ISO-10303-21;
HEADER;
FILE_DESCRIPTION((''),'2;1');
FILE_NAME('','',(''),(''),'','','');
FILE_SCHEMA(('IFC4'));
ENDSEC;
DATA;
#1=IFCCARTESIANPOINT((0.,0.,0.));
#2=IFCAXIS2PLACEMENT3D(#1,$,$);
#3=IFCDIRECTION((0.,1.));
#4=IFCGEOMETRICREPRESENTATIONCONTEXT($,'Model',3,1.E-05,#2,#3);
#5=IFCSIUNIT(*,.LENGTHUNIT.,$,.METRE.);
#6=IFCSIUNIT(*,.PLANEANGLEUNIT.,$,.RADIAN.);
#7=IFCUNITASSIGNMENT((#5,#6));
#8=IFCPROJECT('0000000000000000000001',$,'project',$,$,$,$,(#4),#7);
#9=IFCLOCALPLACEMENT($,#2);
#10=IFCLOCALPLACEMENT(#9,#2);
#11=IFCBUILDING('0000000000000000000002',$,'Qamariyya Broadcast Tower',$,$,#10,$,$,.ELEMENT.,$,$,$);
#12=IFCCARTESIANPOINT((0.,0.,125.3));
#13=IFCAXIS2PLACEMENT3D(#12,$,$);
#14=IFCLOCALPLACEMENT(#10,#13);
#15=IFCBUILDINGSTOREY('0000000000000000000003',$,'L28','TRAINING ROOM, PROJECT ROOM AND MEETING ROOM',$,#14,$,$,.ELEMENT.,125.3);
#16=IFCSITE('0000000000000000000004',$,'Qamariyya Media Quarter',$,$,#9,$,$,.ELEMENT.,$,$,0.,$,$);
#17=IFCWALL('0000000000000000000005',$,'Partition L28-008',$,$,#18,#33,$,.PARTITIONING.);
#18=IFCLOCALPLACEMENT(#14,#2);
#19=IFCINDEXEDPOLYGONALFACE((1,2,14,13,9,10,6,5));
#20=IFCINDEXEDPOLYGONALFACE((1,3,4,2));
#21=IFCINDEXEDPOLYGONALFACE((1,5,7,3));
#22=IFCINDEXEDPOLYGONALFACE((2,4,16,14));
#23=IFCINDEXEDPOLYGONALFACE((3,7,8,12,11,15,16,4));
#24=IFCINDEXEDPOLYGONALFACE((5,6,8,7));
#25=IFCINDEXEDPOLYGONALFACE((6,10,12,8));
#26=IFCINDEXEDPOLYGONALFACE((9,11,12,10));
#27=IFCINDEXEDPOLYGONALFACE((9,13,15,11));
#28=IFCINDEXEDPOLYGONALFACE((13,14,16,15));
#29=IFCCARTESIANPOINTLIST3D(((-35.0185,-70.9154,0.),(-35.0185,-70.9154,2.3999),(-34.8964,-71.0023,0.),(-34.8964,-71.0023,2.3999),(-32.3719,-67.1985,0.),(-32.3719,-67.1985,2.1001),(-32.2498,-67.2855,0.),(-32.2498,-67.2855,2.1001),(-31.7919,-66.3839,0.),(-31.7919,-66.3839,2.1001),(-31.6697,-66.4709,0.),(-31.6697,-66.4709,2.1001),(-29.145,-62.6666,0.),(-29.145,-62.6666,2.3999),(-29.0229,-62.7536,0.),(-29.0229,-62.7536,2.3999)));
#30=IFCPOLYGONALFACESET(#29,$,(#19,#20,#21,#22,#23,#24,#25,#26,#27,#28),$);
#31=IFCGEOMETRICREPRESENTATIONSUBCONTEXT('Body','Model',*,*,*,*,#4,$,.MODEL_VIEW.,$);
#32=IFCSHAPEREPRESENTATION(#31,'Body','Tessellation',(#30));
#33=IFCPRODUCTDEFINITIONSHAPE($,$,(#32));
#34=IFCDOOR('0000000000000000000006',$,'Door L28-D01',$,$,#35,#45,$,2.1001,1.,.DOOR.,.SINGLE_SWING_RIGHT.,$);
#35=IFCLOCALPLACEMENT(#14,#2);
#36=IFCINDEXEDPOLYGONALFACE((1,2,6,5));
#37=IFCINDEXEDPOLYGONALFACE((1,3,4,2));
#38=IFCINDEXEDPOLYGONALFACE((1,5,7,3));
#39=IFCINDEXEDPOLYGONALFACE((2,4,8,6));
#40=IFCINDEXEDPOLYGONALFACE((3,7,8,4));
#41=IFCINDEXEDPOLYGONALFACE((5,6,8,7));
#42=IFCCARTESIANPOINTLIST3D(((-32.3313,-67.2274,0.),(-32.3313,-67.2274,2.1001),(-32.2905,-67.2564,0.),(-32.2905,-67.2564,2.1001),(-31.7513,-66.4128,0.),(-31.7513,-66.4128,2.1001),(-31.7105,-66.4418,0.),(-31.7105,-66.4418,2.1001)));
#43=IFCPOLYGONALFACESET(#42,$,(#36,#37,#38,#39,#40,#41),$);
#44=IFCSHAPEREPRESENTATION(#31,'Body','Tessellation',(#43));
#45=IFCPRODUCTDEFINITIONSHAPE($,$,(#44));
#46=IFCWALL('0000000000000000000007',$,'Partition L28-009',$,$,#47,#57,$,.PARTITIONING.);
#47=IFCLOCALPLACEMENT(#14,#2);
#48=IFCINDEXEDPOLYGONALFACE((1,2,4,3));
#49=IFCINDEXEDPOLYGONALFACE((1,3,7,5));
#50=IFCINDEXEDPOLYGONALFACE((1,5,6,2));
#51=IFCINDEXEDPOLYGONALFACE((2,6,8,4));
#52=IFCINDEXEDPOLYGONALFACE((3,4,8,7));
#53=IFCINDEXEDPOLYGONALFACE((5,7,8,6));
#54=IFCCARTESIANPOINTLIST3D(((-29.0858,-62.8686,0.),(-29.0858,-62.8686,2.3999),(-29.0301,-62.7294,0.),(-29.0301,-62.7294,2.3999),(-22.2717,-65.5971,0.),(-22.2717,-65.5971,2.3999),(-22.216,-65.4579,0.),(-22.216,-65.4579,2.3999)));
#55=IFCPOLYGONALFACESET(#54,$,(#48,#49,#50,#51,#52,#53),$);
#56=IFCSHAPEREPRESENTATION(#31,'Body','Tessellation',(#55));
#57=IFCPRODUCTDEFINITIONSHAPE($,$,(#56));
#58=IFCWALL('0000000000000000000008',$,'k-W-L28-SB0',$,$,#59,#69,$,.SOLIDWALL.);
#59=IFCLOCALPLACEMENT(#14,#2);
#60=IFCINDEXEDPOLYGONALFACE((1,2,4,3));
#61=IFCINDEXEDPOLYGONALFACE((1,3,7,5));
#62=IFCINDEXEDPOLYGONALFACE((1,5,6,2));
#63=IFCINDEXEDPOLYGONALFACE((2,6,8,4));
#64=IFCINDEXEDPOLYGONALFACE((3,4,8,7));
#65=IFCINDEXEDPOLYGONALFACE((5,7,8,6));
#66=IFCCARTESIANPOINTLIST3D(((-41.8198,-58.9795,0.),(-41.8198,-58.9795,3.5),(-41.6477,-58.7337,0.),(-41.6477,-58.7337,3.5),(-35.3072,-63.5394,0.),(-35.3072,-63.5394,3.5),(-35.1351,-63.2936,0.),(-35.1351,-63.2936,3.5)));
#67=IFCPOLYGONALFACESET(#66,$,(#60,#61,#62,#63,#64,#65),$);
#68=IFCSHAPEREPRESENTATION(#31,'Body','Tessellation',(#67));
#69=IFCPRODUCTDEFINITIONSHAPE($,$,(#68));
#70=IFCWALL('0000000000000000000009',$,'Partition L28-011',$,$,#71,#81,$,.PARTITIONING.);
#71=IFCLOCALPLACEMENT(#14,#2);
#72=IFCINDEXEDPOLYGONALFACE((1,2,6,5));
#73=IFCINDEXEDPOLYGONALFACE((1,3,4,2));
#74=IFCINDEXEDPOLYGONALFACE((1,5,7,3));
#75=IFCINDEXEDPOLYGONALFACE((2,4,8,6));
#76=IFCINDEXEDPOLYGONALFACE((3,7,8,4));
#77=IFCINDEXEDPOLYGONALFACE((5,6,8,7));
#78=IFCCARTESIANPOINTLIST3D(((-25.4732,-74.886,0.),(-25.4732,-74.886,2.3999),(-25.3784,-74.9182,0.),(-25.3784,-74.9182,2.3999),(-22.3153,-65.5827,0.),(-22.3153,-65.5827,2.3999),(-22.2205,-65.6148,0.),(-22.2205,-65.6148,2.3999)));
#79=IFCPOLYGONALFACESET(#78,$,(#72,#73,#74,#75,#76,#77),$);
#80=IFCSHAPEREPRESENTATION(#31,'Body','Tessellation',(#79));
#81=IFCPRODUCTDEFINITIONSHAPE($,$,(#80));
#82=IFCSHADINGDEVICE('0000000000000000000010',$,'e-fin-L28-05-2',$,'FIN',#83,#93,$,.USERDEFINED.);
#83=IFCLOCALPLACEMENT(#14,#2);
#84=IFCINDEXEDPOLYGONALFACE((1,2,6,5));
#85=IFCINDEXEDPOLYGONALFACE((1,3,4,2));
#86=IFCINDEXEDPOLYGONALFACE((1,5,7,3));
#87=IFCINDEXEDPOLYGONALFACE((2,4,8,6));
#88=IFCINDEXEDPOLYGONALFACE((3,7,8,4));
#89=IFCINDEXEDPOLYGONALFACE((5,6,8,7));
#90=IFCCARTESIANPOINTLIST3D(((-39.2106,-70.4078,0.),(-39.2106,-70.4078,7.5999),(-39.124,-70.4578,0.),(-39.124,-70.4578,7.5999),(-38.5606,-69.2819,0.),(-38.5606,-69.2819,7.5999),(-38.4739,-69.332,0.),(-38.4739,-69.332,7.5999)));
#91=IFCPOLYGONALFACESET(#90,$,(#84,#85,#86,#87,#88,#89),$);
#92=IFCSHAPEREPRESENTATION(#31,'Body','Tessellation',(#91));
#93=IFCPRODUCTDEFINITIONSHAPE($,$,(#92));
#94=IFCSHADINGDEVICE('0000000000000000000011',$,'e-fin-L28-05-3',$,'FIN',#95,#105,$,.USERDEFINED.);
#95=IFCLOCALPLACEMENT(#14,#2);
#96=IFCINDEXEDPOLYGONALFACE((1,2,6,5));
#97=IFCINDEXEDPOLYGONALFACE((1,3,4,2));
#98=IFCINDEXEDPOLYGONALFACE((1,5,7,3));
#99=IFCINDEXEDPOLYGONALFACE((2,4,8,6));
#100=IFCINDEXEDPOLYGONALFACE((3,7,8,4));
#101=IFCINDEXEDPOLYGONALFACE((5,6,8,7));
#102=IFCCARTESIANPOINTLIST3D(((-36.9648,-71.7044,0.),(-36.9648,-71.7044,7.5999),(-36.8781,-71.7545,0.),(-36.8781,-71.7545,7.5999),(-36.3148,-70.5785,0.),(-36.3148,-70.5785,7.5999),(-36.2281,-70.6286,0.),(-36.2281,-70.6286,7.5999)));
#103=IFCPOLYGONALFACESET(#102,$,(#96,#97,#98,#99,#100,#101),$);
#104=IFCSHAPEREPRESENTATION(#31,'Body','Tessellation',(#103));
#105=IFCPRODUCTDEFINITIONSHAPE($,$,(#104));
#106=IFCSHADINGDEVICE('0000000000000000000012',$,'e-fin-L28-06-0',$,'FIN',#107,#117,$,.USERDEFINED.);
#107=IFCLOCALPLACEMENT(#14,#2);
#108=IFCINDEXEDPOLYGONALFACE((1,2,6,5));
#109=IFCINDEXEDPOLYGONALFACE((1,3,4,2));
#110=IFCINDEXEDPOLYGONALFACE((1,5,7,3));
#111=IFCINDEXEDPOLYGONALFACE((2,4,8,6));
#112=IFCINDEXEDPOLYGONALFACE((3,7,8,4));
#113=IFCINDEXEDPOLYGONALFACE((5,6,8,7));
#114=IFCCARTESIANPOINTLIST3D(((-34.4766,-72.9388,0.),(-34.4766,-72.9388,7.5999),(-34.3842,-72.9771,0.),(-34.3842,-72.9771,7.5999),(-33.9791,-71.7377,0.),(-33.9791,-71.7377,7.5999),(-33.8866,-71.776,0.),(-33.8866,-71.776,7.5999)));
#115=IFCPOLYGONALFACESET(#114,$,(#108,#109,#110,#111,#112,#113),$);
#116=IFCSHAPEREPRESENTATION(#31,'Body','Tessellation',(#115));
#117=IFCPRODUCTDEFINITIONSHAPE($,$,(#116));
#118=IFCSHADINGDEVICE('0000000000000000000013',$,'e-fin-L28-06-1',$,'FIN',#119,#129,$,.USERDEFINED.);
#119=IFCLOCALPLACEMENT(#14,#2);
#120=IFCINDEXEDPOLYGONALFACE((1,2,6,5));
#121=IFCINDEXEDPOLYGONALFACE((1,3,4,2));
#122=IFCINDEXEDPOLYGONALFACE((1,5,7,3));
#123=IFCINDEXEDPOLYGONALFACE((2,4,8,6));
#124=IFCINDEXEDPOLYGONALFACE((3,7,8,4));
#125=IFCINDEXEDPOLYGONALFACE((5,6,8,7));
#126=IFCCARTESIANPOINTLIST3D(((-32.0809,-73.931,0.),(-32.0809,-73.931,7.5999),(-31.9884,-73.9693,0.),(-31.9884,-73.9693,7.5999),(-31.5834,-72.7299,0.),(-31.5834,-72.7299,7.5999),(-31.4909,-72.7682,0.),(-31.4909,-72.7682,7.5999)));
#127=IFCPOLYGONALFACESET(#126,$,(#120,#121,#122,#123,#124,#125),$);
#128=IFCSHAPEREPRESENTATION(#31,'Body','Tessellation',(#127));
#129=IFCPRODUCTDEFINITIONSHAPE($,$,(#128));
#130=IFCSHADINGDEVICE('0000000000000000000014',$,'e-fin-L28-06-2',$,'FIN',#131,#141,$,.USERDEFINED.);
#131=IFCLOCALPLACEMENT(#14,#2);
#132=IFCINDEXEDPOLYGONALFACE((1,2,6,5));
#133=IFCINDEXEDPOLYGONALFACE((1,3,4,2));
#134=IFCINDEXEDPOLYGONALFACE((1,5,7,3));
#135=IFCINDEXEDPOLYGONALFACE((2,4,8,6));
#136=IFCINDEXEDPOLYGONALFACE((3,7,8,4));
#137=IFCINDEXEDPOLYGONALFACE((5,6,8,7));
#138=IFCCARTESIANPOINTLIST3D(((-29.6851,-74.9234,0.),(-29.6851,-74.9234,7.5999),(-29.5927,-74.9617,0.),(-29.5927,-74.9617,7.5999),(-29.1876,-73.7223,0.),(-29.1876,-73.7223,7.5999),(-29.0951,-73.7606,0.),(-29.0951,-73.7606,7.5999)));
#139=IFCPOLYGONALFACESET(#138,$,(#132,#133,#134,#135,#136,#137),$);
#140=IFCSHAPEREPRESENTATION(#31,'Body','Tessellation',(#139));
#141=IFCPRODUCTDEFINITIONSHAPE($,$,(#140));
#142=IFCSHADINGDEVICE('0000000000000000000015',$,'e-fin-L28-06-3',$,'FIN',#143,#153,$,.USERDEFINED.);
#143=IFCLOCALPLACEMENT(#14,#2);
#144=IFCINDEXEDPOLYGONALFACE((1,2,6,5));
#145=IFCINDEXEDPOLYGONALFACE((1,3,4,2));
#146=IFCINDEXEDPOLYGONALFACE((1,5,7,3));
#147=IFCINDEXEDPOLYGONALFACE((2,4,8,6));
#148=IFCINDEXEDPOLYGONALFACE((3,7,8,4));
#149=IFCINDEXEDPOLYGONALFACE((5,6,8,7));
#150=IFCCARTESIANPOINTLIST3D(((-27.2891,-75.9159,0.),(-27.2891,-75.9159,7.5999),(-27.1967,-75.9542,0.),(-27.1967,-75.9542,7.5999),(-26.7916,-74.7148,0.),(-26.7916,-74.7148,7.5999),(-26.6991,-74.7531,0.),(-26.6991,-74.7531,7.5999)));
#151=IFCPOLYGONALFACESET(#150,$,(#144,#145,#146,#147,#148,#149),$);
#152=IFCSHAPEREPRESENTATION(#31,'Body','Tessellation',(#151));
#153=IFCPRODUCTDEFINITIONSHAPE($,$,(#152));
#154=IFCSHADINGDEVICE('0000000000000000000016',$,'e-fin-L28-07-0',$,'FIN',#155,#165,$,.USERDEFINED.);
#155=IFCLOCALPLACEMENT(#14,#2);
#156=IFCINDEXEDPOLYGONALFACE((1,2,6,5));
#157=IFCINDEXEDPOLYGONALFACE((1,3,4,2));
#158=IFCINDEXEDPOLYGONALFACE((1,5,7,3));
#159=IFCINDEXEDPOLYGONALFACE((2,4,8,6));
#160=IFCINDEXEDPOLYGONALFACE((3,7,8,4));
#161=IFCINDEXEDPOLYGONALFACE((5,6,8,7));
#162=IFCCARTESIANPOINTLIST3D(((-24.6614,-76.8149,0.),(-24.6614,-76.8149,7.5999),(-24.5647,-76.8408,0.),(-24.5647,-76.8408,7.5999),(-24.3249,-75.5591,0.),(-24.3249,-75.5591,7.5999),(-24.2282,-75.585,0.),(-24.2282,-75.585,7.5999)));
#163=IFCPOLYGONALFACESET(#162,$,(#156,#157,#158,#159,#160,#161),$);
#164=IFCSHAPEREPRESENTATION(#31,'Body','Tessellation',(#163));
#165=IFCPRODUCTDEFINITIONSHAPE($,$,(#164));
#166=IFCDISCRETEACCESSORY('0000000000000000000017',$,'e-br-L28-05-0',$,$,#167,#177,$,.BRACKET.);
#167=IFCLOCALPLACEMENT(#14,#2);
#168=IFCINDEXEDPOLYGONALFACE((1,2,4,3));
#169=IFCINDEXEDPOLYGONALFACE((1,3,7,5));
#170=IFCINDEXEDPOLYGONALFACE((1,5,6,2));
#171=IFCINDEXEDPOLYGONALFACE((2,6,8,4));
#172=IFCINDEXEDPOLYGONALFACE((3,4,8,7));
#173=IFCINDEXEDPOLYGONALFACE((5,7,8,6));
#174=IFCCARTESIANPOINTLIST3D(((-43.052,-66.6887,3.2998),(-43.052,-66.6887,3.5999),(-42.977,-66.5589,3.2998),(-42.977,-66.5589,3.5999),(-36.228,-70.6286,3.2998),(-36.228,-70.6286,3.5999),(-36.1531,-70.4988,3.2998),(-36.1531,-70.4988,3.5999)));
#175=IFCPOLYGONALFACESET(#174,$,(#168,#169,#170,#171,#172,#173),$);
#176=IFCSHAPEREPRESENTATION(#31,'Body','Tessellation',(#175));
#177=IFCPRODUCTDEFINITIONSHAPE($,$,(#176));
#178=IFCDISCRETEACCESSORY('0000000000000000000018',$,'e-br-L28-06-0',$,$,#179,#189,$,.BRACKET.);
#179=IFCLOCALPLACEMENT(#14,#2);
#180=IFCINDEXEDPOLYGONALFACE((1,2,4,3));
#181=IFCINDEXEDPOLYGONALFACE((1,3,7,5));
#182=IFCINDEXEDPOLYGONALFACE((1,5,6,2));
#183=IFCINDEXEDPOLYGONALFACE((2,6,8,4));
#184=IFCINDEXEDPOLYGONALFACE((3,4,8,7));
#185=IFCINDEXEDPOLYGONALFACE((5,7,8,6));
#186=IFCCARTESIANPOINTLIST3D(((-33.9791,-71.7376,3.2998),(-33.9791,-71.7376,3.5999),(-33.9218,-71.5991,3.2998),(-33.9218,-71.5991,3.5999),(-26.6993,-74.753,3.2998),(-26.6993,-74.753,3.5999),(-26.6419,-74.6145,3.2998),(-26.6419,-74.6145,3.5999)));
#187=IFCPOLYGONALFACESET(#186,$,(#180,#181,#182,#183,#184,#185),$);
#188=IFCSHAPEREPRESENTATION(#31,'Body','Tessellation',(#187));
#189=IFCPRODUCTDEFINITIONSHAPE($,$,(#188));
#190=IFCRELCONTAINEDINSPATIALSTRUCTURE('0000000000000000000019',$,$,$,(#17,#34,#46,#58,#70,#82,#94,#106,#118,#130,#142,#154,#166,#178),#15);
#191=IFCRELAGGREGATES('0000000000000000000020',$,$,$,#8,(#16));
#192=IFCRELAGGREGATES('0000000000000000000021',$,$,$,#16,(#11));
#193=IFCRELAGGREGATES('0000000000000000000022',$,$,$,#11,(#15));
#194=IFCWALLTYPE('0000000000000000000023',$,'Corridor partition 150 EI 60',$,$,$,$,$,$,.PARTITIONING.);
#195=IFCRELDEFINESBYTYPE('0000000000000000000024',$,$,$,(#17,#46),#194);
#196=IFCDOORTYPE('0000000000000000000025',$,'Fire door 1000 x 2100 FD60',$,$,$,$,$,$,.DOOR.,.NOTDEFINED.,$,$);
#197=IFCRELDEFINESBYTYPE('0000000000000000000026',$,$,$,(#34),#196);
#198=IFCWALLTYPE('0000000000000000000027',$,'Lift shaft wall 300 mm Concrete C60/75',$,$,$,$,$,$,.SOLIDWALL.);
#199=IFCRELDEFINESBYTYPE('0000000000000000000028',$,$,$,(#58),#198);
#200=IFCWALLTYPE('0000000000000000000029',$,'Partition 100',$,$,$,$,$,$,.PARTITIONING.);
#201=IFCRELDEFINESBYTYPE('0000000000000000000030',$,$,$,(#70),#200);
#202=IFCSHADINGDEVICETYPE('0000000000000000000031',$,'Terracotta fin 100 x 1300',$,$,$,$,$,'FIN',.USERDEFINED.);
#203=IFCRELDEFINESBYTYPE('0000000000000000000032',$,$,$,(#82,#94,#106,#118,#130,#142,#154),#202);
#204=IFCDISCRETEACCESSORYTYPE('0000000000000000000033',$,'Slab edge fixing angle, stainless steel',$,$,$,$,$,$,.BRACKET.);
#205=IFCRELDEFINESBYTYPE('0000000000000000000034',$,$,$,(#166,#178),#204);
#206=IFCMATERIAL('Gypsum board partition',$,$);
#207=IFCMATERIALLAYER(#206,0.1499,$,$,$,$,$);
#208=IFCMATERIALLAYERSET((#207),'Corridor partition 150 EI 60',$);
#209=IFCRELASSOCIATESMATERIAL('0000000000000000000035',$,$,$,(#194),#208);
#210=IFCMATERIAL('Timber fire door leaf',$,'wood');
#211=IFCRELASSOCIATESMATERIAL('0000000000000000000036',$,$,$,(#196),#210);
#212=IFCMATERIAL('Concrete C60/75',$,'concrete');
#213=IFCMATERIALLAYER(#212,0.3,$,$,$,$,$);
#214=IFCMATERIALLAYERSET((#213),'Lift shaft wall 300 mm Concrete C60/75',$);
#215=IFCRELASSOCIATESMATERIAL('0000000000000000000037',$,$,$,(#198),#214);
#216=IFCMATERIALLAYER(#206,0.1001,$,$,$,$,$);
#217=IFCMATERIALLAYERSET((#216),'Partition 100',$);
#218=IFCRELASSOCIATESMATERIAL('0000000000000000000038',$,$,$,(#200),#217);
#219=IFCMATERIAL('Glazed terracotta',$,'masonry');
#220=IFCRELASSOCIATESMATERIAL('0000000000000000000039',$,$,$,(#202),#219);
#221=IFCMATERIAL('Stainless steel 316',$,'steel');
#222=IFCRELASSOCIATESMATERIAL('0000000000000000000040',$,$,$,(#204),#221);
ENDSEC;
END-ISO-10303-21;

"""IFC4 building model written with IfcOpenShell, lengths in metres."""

from ifc_helpers import new_model, si_unit, direction, frame, frame_2d, origin, origin_2d, place, context, subcontext, project, spatial, rectangle, extrude, material, layer, layer_set, material_profile, profile_set, type_object, element, fill, save


model = new_model("IFC4")

# Units and contexts
model_context = context("Model", 3, precision=1e-05, world=origin(), true_north=direction((0.0, 1.0)))
body_context = subcontext(model_context, "Body", "Model", "MODEL_VIEW")
ifc_project = project(units=[si_unit("LENGTHUNIT", "METRE"), si_unit("PLANEANGLEUNIT", "RADIAN")], contexts=[model_context])

# Site, building, storey
site_placement = place(None, origin())
site = spatial("IfcSite", under=ifc_project, at=site_placement, Name="Qamariyya Media Quarter", CompositionType="ELEMENT", RefElevation=0.0)
building_placement = place(site_placement, origin())
building = spatial("IfcBuilding", under=site, at=building_placement, Name="Qamariyya Broadcast Tower", CompositionType="ELEMENT")
storey_placement = place(building_placement, frame((0.0, 0.0, 125.3)))
storey = spatial("IfcBuildingStorey", under=building, at=storey_placement, Name="L28", Description="TRAINING ROOM, PROJECT ROOM AND MEETING ROOM", CompositionType="ELEMENT", Elevation=125.3)

# Wall, opening, door
ifc_material_1 = material(Name="Gypsum board partition")
ifc_layer_1 = layer(ifc_material_1, 0.1499)
ifc_layer_set_1 = layer_set([ifc_layer_1], Name="Corridor partition 150 EI 60")
wall_type_1 = type_object("IfcWallType", Name="Corridor partition 150 EI 60", PredefinedType="PARTITIONING", material=ifc_layer_set_1)
wall_1_placement = place(storey_placement, frame((-29.084, -62.7102, 0.0), z_axis=(0.0, 0.0, 1.0), x_axis=(-0.580031, -0.814594, 0.0)))
wall_1 = element("IfcWall", 1, at=wall_1_placement, inside=storey, type_object=wall_type_1, Name="Partition L28-008", PredefinedType="PARTITIONING", context=body_context, shape_type="SweptSolid", body=[
    extrude(rectangle(XDim=10.1262, YDim=0.1499, at=frame_2d((5.063, 0.0))), origin(), (0.0, 0.0, 1.0), 2.3999),
])
opening_1_placement = place(wall_1_placement, frame((4.5632, 0.0, 0.0)))
opening_1 = element("IfcOpeningElement", 2, at=opening_1_placement, cuts=wall_1, PredefinedType="OPENING", context=body_context, shape_type="SweptSolid", body=[
    extrude(rectangle(XDim=1.0, YDim=2.1001, at=frame_2d((0.5, 1.05))), frame((0.0, 0.085, 0.0), z_axis=(0.0, -1.0, 0.0), x_axis=(1.0, 0.0, 0.0)), (0.0, 0.0, 1.0), 0.1699),
])
ifc_material_2 = material(Name="Timber fire door leaf", Category="wood")
door_type_1 = type_object("IfcDoorType", Name="Fire door 1000 x 2100 FD60", OperationType="NOTDEFINED", PredefinedType="DOOR", material=ifc_material_2)
door_1_placement = place(opening_1_placement, origin())
door_1 = element("IfcDoor", 3, at=door_1_placement, inside=storey, type_object=door_type_1, Name="Door L28-D01", OperationType="SINGLE_SWING_RIGHT", OverallHeight=2.1001, OverallWidth=1.0, PredefinedType="DOOR", context=body_context, shape_type="SweptSolid", body=[
    extrude(rectangle(XDim=1.0, YDim=2.1001, at=frame_2d((0.5, 1.05))), frame((0.0, 0.0249, 0.0), z_axis=(0.0, -1.0, 0.0), x_axis=(1.0, 0.0, 0.0)), (0.0, 0.0, 1.0), 0.05),
])
fill(opening_1, door_1)

# Walls
wall_2_placement = place(storey_placement, frame((-29.0579, -62.7991, 0.0), z_axis=(0.0, 0.0, 1.0), x_axis=(0.928344, -0.371723, 0.0)))
element("IfcWall", 4, at=wall_2_placement, inside=storey, type_object=wall_type_1, Name="Partition L28-009", PredefinedType="PARTITIONING", context=body_context, shape_type="SweptSolid", body=[
    extrude(rectangle(XDim=7.3401, YDim=0.1499, at=frame_2d((3.6699, 0.0))), origin(), (0.0, 0.0, 1.0), 2.3999),
])
ifc_material_3 = material(Name="Concrete C60/75", Category="concrete")
ifc_layer_2 = layer(ifc_material_3, 0.3)
ifc_layer_set_2 = layer_set([ifc_layer_2], Name="Lift shaft wall 300 mm Concrete C60/75")
wall_type_2 = type_object("IfcWallType", Name="Lift shaft wall 300 mm Concrete C60/75", PredefinedType="SOLIDWALL", material=ifc_layer_set_2)
wall_3_placement = place(storey_placement, frame((-35.2212, -63.4165, 0.0), z_axis=(0.0, 0.0, 1.0), x_axis=(-0.819167, 0.573555, 0.0)))
element("IfcWall", 5, at=wall_3_placement, inside=storey, type_object=wall_type_2, Name="k-W-L28-SB0", PredefinedType="SOLIDWALL", context=body_context, shape_type="SweptSolid", body=[
    extrude(rectangle(XDim=7.9502, YDim=0.3, at=frame_2d((3.9751, 0.0))), origin(), (0.0, 0.0, 1.0), 3.5),
])
ifc_layer_3 = layer(ifc_material_1, 0.1001)
ifc_layer_set_3 = layer_set([ifc_layer_3], Name="Partition 100")
wall_type_3 = type_object("IfcWallType", Name="Partition 100", PredefinedType="PARTITIONING", material=ifc_layer_set_3)
wall_4_placement = place(storey_placement, frame((-25.4258, -74.9021, 0.0), z_axis=(0.0, 0.0, 1.0), x_axis=(0.321426, 0.946935, 0.0)))
element("IfcWall", 6, at=wall_4_placement, inside=storey, type_object=wall_type_3, Name="Partition L28-011", PredefinedType="PARTITIONING", context=body_context, shape_type="SweptSolid", body=[
    extrude(rectangle(XDim=9.8247, YDim=0.1001, at=frame_2d((4.9124, 0.0))), origin(), (0.0, 0.0, 1.0), 2.3999),
])

# Shading devices
ifc_material_4 = material(Name="Glazed terracotta", Category="masonry")
ifc_material_profile_1 = material_profile(ifc_material_4, rectangle(XDim=1.3, YDim=0.1001, at=origin_2d()))
ifc_profile_set_1 = profile_set([ifc_material_profile_1], Name="Glazed terracotta")
shading_device_type_1 = type_object("IfcShadingDeviceType", Name="Terracotta fin 100 x 1300", ElementType="FIN", PredefinedType="USERDEFINED", material=ifc_profile_set_1)
for number, where, z_axis, x_axis, name in (
    (7, (-38.8423, -69.8699, 0.0), (0.0, 0.0, 1.0), (-0.5, -0.866025, 0.0), "e-fin-L28-05-2"),
    (8, (-36.5964, -71.1665, 0.0), (0.0, 0.0, 1.0), (-0.5, -0.866025, 0.0), "e-fin-L28-05-3"),
    (9, (-34.1816, -72.3574, 0.0), (0.0, 0.0, 1.0), (-0.382683, -0.92388, 0.0), "e-fin-L28-06-0"),
    (10, (-31.7859, -73.3496, 0.0), (0.0, 0.0, 1.0), (-0.382683, -0.92388, 0.0), "e-fin-L28-06-1"),
    (11, (-29.3901, -74.342, 0.0), (0.0, 0.0, 1.0), (-0.382683, -0.92388, 0.0), "e-fin-L28-06-2"),
    (12, (-26.9941, -75.3345, 0.0), (0.0, 0.0, 1.0), (-0.382683, -0.92388, 0.0), "e-fin-L28-06-3"),
    (13, (-24.4448, -76.2, 0.0), (0.0, 0.0, 1.0), (-0.258819, -0.965926, 0.0), "e-fin-L28-07-0"),
):
    element("IfcShadingDevice", number, at=place(storey_placement, frame(where, z_axis=z_axis, x_axis=x_axis)), inside=storey, type_object=shading_device_type_1, Name=name, ObjectType="FIN", PredefinedType="USERDEFINED", context=body_context, shape_type="SweptSolid", body=[
        extrude(rectangle(XDim=1.3, YDim=0.1001, at=origin_2d()), origin(), (0.0, 0.0, 1.0), 7.5999),
    ])

# Discrete accessories
ifc_material_5 = material(Name="Stainless steel 316", Category="steel")
discrete_accessory_type = type_object("IfcDiscreteAccessoryType", Name="Slab edge fixing angle, stainless steel", PredefinedType="BRACKET", material=ifc_material_5)
for number, where, z_axis, x_axis, name in (
    (14, (-39.6025, -68.5938, 3.2998), (0.0, 0.0, 1.0), (0.866025, -0.5, 0.0), "e-br-L28-05-0"),
    (15, (-30.3105, -73.176, 3.2998), (0.0, 0.0, 1.0), (0.92388, -0.382683, 0.0), "e-br-L28-06-0"),
):
    element("IfcDiscreteAccessory", number, at=place(storey_placement, frame(where, z_axis=z_axis, x_axis=x_axis)), inside=storey, type_object=discrete_accessory_type, Name=name, PredefinedType="BRACKET", context=body_context, shape_type="SweptSolid", body=[
        extrude(rectangle(XDim=7.8796, YDim=0.1499, at=origin_2d()), origin(), (0.0, 0.0, 1.0), 0.3),
    ])

save(model, "model.ifc")
